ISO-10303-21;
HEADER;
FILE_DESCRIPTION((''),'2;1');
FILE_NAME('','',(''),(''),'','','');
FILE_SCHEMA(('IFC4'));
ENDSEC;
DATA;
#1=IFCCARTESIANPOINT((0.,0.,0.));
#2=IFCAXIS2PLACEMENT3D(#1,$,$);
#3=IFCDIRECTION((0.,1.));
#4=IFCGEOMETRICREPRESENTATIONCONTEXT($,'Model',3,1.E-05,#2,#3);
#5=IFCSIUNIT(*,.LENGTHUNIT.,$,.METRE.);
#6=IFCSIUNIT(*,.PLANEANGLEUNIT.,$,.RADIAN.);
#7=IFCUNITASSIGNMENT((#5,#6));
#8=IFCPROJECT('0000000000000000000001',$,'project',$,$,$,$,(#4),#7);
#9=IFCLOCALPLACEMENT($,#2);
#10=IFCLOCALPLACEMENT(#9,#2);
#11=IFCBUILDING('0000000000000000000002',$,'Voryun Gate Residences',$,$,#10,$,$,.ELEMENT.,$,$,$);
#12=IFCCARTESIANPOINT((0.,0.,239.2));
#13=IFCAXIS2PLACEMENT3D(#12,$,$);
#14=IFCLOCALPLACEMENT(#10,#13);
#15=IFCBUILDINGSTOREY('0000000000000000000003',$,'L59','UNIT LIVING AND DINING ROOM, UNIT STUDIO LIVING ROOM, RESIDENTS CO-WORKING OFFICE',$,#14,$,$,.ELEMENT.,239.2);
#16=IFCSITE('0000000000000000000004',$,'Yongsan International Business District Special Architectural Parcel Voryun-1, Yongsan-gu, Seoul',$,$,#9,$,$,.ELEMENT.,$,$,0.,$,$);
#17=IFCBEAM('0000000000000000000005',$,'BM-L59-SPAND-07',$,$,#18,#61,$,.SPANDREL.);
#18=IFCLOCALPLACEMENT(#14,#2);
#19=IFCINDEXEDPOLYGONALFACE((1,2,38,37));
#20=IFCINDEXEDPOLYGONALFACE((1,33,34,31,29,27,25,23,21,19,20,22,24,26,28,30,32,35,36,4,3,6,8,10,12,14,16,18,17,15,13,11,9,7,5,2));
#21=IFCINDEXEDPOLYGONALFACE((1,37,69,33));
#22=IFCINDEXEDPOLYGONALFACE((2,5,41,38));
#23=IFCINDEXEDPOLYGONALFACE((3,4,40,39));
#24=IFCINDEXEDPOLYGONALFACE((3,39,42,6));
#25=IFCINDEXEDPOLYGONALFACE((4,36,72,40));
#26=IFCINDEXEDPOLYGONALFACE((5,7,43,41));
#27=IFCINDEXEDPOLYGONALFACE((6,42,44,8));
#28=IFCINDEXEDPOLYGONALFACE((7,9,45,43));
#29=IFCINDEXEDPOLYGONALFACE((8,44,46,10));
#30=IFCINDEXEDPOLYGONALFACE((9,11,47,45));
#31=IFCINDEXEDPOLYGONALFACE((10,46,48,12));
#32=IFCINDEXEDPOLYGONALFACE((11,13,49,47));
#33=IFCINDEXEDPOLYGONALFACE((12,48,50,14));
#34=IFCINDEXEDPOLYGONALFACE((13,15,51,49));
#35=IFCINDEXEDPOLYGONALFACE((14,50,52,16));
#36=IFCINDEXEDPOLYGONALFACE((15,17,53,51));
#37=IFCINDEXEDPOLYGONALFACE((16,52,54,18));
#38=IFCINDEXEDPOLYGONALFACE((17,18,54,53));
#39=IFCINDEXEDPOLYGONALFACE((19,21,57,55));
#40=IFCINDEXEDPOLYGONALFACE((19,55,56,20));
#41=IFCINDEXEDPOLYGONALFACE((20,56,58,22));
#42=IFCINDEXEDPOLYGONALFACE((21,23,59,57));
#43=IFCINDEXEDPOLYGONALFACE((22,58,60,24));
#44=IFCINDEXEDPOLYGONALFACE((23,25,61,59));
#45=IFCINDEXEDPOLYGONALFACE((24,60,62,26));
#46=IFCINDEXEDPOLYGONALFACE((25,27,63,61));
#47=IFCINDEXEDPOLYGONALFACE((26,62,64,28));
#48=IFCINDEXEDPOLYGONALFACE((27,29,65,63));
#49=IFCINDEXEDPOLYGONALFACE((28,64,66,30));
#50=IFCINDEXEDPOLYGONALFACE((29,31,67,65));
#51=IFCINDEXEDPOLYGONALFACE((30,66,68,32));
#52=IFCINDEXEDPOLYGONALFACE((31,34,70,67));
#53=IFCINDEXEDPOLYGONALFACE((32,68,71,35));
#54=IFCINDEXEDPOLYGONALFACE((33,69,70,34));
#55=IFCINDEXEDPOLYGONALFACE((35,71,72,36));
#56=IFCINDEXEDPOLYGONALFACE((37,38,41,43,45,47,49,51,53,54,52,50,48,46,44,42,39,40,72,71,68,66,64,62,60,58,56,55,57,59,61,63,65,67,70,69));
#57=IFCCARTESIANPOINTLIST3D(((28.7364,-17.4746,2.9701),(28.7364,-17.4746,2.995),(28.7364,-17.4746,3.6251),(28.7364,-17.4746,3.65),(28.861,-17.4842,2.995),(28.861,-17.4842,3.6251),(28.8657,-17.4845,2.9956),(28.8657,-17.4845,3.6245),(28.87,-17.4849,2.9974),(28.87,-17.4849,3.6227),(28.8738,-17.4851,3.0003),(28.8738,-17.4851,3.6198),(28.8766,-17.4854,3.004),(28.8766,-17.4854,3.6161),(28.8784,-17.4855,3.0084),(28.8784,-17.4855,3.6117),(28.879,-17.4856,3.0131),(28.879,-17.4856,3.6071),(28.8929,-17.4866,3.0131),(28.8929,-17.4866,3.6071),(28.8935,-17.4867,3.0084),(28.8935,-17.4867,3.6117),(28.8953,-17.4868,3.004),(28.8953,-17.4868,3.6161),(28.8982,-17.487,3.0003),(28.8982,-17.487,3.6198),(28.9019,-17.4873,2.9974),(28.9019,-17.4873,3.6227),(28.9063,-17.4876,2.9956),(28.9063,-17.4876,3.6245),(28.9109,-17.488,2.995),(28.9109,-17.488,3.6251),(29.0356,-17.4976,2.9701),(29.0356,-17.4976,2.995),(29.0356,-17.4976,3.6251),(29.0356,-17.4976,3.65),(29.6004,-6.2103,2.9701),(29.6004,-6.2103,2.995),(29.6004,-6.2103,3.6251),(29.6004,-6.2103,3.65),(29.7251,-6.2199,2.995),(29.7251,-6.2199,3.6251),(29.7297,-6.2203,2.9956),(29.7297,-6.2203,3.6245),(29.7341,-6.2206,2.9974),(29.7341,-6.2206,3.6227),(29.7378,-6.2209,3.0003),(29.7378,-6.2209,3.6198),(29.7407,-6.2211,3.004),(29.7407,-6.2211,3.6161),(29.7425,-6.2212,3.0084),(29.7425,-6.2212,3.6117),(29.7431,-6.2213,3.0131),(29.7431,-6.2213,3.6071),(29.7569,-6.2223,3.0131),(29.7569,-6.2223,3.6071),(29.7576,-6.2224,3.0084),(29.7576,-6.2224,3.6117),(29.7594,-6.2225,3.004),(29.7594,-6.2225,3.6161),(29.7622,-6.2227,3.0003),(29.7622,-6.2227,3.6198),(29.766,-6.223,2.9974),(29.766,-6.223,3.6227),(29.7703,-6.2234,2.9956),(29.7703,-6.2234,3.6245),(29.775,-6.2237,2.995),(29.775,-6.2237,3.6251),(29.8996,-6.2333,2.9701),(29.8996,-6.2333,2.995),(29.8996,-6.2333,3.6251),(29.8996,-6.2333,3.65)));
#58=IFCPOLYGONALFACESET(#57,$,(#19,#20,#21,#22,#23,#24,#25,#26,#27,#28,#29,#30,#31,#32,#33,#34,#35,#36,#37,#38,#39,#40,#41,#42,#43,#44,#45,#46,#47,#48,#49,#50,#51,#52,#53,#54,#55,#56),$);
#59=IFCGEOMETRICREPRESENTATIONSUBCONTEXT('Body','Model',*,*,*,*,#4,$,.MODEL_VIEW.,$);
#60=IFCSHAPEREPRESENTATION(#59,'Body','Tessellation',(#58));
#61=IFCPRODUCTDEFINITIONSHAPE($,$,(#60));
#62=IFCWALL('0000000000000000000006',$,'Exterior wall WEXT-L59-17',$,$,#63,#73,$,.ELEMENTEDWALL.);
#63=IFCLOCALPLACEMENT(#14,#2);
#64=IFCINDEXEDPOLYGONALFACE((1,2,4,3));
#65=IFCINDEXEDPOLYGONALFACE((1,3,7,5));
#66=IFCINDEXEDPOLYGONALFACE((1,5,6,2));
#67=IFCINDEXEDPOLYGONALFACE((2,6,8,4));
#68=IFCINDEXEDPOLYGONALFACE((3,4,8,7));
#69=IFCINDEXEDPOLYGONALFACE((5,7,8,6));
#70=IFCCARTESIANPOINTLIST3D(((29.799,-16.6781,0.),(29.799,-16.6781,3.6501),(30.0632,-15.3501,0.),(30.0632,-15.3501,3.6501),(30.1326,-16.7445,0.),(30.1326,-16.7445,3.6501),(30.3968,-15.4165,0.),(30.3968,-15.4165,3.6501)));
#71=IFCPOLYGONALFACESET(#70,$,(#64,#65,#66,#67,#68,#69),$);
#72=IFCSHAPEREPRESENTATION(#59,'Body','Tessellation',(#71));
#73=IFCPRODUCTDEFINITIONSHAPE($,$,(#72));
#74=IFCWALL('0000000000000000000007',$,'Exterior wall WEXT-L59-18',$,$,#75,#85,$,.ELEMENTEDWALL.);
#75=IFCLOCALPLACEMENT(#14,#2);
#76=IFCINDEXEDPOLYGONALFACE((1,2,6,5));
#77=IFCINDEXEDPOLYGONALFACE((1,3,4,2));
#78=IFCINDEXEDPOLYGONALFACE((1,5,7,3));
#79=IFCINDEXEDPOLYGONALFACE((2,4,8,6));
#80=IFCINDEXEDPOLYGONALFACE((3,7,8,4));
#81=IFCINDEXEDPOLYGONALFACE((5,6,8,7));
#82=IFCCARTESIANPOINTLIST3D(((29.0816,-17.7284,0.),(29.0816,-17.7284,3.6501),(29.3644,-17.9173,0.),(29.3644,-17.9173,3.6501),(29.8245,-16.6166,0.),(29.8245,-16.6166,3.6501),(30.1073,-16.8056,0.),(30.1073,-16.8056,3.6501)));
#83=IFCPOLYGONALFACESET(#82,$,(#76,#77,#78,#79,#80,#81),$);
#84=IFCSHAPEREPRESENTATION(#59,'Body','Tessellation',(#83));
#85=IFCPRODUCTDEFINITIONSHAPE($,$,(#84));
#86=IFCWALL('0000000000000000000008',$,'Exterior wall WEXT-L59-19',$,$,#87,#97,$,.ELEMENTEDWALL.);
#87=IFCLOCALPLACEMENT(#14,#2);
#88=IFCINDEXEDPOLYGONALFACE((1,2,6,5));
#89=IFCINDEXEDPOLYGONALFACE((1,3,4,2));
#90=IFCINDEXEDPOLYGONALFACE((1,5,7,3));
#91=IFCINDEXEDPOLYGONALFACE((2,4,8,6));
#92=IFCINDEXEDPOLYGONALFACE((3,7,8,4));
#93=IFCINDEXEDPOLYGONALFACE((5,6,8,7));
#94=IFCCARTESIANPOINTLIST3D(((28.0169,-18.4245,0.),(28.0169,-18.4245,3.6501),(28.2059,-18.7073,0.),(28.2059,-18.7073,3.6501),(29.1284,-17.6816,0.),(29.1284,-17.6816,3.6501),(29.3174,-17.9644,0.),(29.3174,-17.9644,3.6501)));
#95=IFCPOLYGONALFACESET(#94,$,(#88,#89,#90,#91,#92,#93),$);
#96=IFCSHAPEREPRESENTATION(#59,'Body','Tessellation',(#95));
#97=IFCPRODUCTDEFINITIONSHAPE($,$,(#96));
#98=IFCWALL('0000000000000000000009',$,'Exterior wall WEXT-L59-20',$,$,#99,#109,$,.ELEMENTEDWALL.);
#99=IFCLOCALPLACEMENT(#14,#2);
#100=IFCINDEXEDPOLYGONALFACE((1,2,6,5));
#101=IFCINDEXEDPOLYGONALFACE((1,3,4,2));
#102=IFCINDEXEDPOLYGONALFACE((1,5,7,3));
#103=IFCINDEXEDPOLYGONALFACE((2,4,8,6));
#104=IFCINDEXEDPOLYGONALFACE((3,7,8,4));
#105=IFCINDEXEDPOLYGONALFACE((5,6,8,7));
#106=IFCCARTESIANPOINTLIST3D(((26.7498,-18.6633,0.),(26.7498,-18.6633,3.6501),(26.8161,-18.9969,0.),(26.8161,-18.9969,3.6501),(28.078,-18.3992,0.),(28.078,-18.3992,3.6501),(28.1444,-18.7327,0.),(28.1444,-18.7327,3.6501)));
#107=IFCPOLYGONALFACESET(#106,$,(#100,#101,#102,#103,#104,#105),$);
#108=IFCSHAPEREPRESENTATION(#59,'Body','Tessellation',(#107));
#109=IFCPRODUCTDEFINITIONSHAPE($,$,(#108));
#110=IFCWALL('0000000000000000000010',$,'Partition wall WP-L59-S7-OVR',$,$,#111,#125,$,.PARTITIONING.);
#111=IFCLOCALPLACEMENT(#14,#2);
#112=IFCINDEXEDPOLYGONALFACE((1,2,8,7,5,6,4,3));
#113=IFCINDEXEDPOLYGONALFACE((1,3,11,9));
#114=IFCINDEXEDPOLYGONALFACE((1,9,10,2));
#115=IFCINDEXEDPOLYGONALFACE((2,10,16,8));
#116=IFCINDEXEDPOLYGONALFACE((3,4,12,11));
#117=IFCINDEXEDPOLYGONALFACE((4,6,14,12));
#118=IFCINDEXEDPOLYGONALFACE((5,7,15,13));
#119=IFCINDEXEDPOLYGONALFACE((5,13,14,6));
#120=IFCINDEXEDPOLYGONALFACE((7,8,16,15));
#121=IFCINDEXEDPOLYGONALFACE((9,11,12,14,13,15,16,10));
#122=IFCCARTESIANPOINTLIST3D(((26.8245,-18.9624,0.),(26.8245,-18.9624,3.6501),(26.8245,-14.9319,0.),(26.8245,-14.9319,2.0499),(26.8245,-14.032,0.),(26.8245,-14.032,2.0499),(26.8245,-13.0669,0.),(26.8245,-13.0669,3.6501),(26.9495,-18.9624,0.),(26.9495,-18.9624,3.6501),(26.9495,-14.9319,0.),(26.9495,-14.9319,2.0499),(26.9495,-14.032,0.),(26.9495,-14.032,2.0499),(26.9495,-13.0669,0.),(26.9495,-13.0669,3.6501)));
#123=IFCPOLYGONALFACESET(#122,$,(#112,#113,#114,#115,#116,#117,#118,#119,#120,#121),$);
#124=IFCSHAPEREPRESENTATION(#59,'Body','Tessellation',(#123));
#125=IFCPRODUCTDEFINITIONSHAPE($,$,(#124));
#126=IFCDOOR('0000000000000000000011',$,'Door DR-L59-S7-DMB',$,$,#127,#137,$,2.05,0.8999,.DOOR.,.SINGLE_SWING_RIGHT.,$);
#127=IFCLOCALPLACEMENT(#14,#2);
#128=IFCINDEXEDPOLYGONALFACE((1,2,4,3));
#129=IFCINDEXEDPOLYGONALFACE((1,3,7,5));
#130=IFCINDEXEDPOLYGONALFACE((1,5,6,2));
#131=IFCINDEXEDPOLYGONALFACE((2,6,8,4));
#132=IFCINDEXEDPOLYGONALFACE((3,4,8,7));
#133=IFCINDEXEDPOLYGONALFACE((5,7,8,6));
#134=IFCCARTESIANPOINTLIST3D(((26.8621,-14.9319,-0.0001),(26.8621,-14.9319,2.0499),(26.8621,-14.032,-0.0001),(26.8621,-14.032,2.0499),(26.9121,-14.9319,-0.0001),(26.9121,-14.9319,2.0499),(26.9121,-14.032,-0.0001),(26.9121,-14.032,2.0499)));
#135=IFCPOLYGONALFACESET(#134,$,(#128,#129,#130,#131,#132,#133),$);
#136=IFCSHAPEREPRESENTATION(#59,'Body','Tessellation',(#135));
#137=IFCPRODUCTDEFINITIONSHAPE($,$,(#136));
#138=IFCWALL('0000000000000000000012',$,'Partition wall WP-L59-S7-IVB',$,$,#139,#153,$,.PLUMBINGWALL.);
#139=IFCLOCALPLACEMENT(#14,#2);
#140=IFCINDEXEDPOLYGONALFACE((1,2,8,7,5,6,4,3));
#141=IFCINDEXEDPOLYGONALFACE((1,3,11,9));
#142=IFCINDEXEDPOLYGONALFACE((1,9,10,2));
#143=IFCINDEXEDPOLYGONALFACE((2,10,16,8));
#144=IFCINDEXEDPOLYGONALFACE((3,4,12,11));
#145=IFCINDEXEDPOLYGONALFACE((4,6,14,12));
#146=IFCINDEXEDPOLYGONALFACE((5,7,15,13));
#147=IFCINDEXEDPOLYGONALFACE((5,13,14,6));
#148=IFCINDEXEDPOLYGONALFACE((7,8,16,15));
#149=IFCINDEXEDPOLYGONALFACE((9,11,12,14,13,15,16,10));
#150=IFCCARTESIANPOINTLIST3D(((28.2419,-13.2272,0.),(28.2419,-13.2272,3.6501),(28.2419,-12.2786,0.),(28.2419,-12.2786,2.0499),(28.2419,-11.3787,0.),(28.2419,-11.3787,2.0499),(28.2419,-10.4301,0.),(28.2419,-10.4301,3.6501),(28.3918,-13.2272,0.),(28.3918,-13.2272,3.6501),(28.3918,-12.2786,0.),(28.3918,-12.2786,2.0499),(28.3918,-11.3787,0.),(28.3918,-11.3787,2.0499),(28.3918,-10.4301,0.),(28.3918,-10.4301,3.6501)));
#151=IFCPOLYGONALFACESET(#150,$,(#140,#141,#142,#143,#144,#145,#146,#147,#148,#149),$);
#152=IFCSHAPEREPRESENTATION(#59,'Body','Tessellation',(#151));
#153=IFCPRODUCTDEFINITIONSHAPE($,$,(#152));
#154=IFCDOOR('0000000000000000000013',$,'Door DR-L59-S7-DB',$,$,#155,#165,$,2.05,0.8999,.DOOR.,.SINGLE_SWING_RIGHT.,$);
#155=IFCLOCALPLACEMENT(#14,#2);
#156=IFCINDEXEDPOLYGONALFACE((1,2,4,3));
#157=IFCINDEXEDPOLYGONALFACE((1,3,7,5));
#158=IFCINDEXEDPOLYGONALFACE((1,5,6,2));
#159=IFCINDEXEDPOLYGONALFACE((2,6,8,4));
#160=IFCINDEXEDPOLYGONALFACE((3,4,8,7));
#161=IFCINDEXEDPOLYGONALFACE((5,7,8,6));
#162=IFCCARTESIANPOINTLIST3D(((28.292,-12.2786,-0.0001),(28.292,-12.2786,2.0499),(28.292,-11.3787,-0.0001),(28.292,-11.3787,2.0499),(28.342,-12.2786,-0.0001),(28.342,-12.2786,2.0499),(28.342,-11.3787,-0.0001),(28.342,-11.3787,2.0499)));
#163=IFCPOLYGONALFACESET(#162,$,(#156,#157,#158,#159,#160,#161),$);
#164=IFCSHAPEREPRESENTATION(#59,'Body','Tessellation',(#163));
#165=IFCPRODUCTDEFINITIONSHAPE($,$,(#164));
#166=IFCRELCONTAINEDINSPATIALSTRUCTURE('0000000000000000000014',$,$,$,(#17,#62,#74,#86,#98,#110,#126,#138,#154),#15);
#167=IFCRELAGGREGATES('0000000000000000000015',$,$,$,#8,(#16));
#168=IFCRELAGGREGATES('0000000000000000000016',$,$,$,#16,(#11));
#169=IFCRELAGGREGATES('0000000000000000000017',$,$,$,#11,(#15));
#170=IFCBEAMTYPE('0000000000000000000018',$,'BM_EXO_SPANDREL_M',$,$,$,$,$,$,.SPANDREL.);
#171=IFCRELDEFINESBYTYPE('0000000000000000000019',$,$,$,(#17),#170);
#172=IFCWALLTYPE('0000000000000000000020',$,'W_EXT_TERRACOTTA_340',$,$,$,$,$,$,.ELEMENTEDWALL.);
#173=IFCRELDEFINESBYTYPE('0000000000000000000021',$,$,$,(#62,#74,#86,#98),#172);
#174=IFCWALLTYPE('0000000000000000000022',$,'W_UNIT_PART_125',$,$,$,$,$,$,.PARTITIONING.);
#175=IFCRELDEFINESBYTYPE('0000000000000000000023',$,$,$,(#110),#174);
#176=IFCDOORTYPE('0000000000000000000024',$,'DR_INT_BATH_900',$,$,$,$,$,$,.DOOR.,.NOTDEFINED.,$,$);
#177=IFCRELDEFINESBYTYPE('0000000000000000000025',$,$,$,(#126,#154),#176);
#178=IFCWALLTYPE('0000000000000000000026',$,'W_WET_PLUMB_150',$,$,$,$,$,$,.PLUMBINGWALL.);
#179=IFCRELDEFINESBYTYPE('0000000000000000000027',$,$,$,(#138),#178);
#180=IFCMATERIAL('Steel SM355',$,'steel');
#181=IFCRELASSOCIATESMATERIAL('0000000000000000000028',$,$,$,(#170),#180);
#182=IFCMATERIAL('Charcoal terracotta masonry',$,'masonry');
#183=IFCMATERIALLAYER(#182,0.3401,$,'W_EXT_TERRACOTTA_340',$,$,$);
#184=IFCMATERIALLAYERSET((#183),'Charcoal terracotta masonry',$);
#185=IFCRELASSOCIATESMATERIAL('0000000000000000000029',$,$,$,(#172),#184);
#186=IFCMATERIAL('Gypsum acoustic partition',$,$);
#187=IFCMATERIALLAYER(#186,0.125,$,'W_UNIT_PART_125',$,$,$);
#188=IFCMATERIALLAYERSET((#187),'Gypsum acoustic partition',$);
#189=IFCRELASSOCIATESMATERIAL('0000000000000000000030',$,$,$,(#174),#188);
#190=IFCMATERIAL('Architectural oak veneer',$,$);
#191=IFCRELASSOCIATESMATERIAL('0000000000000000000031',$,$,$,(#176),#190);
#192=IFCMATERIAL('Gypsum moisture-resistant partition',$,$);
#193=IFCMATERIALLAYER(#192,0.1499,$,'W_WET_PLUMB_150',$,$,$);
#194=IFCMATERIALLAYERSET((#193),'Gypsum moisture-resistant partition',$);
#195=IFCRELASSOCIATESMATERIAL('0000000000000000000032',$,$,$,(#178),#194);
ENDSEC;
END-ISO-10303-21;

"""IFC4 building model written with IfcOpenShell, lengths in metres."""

from ifc_helpers import new_model, si_unit, direction, frame, frame_2d, origin, origin_2d, place, context, subcontext, project, spatial, rectangle, i_section, extrude, material, layer, layer_set, material_profile, profile_set, type_object, element, fill, save


model = new_model("IFC4")

# Units and contexts
model_context = context("Model", 3, precision=1e-05, world=origin(), true_north=direction((0.0, 1.0)))
body_context = subcontext(model_context, "Body", "Model", "MODEL_VIEW")
ifc_project = project(units=[si_unit("LENGTHUNIT", "METRE"), si_unit("PLANEANGLEUNIT", "RADIAN")], contexts=[model_context])

# Site, building, storey
site_placement = place(None, origin())
site = spatial("IfcSite", under=ifc_project, at=site_placement, Name="Yongsan International Business District Special Architectural Parcel Voryun-1, Yongsan-gu, Seoul", CompositionType="ELEMENT", RefElevation=0.0)
building_placement = place(site_placement, origin())
building = spatial("IfcBuilding", under=site, at=building_placement, Name="Voryun Gate Residences", CompositionType="ELEMENT")
storey_placement = place(building_placement, frame((0.0, 0.0, 239.2)))
storey = spatial("IfcBuildingStorey", under=building, at=storey_placement, Name="L59", Description="UNIT LIVING AND DINING ROOM, UNIT STUDIO LIVING ROOM, RESIDENTS CO-WORKING OFFICE", CompositionType="ELEMENT", Elevation=239.2)

# Beam
ifc_material_1 = material(Name="Steel SM355", Category="steel")
ifc_material_profile_1 = material_profile(ifc_material_1, i_section(OverallWidth=0.3, OverallDepth=0.6799, WebThickness=0.0139, FlangeThickness=0.0249, FilletRadius=0.0181, at=origin_2d()), Name="H-680x300x14x25")
ifc_profile_set_1 = profile_set([ifc_material_profile_1], Name="Steel SM355")
beam_type = type_object("IfcBeamType", Name="BM_EXO_SPANDREL_M", PredefinedType="SPANDREL", material=ifc_profile_set_1)
beam_1_placement = place(storey_placement, frame((28.886, -17.4861, 3.3101), z_axis=(0.07648, 0.997071, 0.0), x_axis=(-0.997071, 0.07648, 0.0)))
element("IfcBeam", 1, at=beam_1_placement, inside=storey, type_object=beam_type, Name="BM-L59-SPAND-07", PredefinedType="SPANDREL", context=body_context, shape_type="SweptSolid", body=[
    extrude(i_section(OverallWidth=0.3, OverallDepth=0.6799, WebThickness=0.0139, FlangeThickness=0.0249, FilletRadius=0.0181, at=origin_2d()), origin(), (0.0, 0.0, 1.0), 11.2974),
])

# Walls
ifc_material_2 = material(Name="Charcoal terracotta masonry", Category="masonry")
ifc_layer_1 = layer(ifc_material_2, 0.3401, Name="W_EXT_TERRACOTTA_340")
ifc_layer_set_1 = layer_set([ifc_layer_1], Name="Charcoal terracotta masonry")
wall_type_1 = type_object("IfcWallType", Name="W_EXT_TERRACOTTA_340", PredefinedType="ELEMENTEDWALL", material=ifc_layer_set_1)
wall_1_placement = place(storey_placement, frame((30.23, -15.3833, 0.0), z_axis=(0.0, 0.0, 1.0), x_axis=(-0.19511, -0.980781, 0.0)))
element("IfcWall", 2, at=wall_1_placement, inside=storey, type_object=wall_type_1, Name="Exterior wall WEXT-L59-17", PredefinedType="ELEMENTEDWALL", context=body_context, shape_type="SweptSolid", body=[
    extrude(rectangle(XDim=1.354, YDim=0.3401, at=frame_2d((0.677, 0.0))), origin(), (0.0, 0.0, 1.0), 3.6501),
])
wall_2_placement = place(storey_placement, frame((29.9658, -16.7112, 0.0), z_axis=(0.0, 0.0, 1.0), x_axis=(-0.555585, -0.83146, 0.0)))
element("IfcWall", 3, at=wall_2_placement, inside=storey, type_object=wall_type_1, Name="Exterior wall WEXT-L59-18", PredefinedType="ELEMENTEDWALL", context=body_context, shape_type="SweptSolid", body=[
    extrude(rectangle(XDim=1.3372, YDim=0.3401, at=frame_2d((0.6685, 0.0))), origin(), (0.0, 0.0, 1.0), 3.6501),
])
wall_3_placement = place(storey_placement, frame((29.2229, -17.823, 0.0), z_axis=(0.0, 0.0, 1.0), x_axis=(-0.831404, -0.555669, 0.0)))
element("IfcWall", 4, at=wall_3_placement, inside=storey, type_object=wall_type_1, Name="Exterior wall WEXT-L59-19", PredefinedType="ELEMENTEDWALL", context=body_context, shape_type="SweptSolid", body=[
    extrude(rectangle(XDim=1.3369, YDim=0.3401, at=frame_2d((0.6685, 0.0))), origin(), (0.0, 0.0, 1.0), 3.6501),
])
wall_4_placement = place(storey_placement, frame((28.1113, -18.5659, 0.0), z_axis=(0.0, 0.0, 1.0), x_axis=(-0.980788, -0.195076, 0.0)))
element("IfcWall", 5, at=wall_4_placement, inside=storey, type_object=wall_type_1, Name="Exterior wall WEXT-L59-20", PredefinedType="ELEMENTEDWALL", context=body_context, shape_type="SweptSolid", body=[
    extrude(rectangle(XDim=1.3542, YDim=0.3401, at=frame_2d((0.6772, 0.0))), origin(), (0.0, 0.0, 1.0), 3.6501),
])

# Walls, openings, doors
ifc_material_3 = material(Name="Gypsum acoustic partition")
ifc_layer_2 = layer(ifc_material_3, 0.125, Name="W_UNIT_PART_125")
ifc_layer_set_2 = layer_set([ifc_layer_2], Name="Gypsum acoustic partition")
wall_type_2 = type_object("IfcWallType", Name="W_UNIT_PART_125", PredefinedType="PARTITIONING", material=ifc_layer_set_2)
wall_5_placement = place(storey_placement, frame((26.887, -18.9624, 0.0), z_axis=(0.0, 0.0, 1.0), x_axis=(0.0, 1.0, 0.0)))
wall_5 = element("IfcWall", 6, at=wall_5_placement, inside=storey, type_object=wall_type_2, Name="Partition wall WP-L59-S7-OVR", PredefinedType="PARTITIONING", context=body_context, shape_type="SweptSolid", body=[
    extrude(rectangle(XDim=5.8955, YDim=0.125, at=frame_2d((2.9478, 0.0))), origin(), (0.0, 0.0, 1.0), 3.6501),
])
opening_1_placement = place(wall_5_placement, frame((4.0305, 0.0, 0.0)))
opening_1 = element("IfcOpeningElement", 7, at=opening_1_placement, cuts=wall_5, PredefinedType="OPENING", context=body_context, shape_type="SweptSolid", body=[
    extrude(rectangle(XDim=0.8999, YDim=2.05, at=frame_2d((0.45, 1.0249))), frame((0.0, 0.0725, 0.0), z_axis=(0.0, -1.0, 0.0), x_axis=(1.0, 0.0, 0.0)), (0.0, 0.0, 1.0), 0.145),
])
ifc_material_4 = material(Name="Architectural oak veneer")
door_type = type_object("IfcDoorType", Name="DR_INT_BATH_900", OperationType="NOTDEFINED", PredefinedType="DOOR", material=ifc_material_4)
door_1_placement = place(opening_1_placement, origin())
door_1 = element("IfcDoor", 8, at=door_1_placement, inside=storey, type_object=door_type, Name="Door DR-L59-S7-DMB", OperationType="SINGLE_SWING_RIGHT", OverallHeight=2.05, OverallWidth=0.8999, PredefinedType="DOOR", context=body_context, shape_type="SweptSolid", body=[
    extrude(rectangle(XDim=0.8999, YDim=2.05, at=frame_2d((0.45, 1.0249))), frame((0.0, 0.0249, 0.0), z_axis=(0.0, -1.0, 0.0), x_axis=(1.0, 0.0, 0.0)), (0.0, 0.0, 1.0), 0.05),
])
fill(opening_1, door_1)
ifc_material_5 = material(Name="Gypsum moisture-resistant partition")
ifc_layer_3 = layer(ifc_material_5, 0.1499, Name="W_WET_PLUMB_150")
ifc_layer_set_3 = layer_set([ifc_layer_3], Name="Gypsum moisture-resistant partition")
wall_type_3 = type_object("IfcWallType", Name="W_WET_PLUMB_150", PredefinedType="PLUMBINGWALL", material=ifc_layer_set_3)
wall_6_placement = place(storey_placement, frame((28.3169, -13.2271, 0.0), z_axis=(0.0, 0.0, 1.0), x_axis=(0.0, 1.0, 0.0)))
wall_6 = element("IfcWall", 9, at=wall_6_placement, inside=storey, type_object=wall_type_3, Name="Partition wall WP-L59-S7-IVB", PredefinedType="PLUMBINGWALL", context=body_context, shape_type="SweptSolid", body=[
    extrude(rectangle(XDim=2.7971, YDim=0.1499, at=frame_2d((1.3984, 0.0))), origin(), (0.0, 0.0, 1.0), 3.6501),
])
opening_2_placement = place(wall_6_placement, frame((0.9485, 0.0, 0.0)))
opening_2 = element("IfcOpeningElement", 10, at=opening_2_placement, cuts=wall_6, PredefinedType="OPENING", context=body_context, shape_type="SweptSolid", body=[
    extrude(rectangle(XDim=0.8999, YDim=2.05, at=frame_2d((0.45, 1.0249))), frame((0.0, 0.085, 0.0), z_axis=(0.0, -1.0, 0.0), x_axis=(1.0, 0.0, 0.0)), (0.0, 0.0, 1.0), 0.1699),
])
door_2_placement = place(opening_2_placement, origin())
door_2 = element("IfcDoor", 11, at=door_2_placement, inside=storey, type_object=door_type, Name="Door DR-L59-S7-DB", OperationType="SINGLE_SWING_RIGHT", OverallHeight=2.05, OverallWidth=0.8999, PredefinedType="DOOR", context=body_context, shape_type="SweptSolid", body=[
    extrude(rectangle(XDim=0.8999, YDim=2.05, at=frame_2d((0.45, 1.0249))), frame((0.0, 0.0249, 0.0), z_axis=(0.0, -1.0, 0.0), x_axis=(1.0, 0.0, 0.0)), (0.0, 0.0, 1.0), 0.05),
])
fill(opening_2, door_2)

save(model, "model.ifc")
